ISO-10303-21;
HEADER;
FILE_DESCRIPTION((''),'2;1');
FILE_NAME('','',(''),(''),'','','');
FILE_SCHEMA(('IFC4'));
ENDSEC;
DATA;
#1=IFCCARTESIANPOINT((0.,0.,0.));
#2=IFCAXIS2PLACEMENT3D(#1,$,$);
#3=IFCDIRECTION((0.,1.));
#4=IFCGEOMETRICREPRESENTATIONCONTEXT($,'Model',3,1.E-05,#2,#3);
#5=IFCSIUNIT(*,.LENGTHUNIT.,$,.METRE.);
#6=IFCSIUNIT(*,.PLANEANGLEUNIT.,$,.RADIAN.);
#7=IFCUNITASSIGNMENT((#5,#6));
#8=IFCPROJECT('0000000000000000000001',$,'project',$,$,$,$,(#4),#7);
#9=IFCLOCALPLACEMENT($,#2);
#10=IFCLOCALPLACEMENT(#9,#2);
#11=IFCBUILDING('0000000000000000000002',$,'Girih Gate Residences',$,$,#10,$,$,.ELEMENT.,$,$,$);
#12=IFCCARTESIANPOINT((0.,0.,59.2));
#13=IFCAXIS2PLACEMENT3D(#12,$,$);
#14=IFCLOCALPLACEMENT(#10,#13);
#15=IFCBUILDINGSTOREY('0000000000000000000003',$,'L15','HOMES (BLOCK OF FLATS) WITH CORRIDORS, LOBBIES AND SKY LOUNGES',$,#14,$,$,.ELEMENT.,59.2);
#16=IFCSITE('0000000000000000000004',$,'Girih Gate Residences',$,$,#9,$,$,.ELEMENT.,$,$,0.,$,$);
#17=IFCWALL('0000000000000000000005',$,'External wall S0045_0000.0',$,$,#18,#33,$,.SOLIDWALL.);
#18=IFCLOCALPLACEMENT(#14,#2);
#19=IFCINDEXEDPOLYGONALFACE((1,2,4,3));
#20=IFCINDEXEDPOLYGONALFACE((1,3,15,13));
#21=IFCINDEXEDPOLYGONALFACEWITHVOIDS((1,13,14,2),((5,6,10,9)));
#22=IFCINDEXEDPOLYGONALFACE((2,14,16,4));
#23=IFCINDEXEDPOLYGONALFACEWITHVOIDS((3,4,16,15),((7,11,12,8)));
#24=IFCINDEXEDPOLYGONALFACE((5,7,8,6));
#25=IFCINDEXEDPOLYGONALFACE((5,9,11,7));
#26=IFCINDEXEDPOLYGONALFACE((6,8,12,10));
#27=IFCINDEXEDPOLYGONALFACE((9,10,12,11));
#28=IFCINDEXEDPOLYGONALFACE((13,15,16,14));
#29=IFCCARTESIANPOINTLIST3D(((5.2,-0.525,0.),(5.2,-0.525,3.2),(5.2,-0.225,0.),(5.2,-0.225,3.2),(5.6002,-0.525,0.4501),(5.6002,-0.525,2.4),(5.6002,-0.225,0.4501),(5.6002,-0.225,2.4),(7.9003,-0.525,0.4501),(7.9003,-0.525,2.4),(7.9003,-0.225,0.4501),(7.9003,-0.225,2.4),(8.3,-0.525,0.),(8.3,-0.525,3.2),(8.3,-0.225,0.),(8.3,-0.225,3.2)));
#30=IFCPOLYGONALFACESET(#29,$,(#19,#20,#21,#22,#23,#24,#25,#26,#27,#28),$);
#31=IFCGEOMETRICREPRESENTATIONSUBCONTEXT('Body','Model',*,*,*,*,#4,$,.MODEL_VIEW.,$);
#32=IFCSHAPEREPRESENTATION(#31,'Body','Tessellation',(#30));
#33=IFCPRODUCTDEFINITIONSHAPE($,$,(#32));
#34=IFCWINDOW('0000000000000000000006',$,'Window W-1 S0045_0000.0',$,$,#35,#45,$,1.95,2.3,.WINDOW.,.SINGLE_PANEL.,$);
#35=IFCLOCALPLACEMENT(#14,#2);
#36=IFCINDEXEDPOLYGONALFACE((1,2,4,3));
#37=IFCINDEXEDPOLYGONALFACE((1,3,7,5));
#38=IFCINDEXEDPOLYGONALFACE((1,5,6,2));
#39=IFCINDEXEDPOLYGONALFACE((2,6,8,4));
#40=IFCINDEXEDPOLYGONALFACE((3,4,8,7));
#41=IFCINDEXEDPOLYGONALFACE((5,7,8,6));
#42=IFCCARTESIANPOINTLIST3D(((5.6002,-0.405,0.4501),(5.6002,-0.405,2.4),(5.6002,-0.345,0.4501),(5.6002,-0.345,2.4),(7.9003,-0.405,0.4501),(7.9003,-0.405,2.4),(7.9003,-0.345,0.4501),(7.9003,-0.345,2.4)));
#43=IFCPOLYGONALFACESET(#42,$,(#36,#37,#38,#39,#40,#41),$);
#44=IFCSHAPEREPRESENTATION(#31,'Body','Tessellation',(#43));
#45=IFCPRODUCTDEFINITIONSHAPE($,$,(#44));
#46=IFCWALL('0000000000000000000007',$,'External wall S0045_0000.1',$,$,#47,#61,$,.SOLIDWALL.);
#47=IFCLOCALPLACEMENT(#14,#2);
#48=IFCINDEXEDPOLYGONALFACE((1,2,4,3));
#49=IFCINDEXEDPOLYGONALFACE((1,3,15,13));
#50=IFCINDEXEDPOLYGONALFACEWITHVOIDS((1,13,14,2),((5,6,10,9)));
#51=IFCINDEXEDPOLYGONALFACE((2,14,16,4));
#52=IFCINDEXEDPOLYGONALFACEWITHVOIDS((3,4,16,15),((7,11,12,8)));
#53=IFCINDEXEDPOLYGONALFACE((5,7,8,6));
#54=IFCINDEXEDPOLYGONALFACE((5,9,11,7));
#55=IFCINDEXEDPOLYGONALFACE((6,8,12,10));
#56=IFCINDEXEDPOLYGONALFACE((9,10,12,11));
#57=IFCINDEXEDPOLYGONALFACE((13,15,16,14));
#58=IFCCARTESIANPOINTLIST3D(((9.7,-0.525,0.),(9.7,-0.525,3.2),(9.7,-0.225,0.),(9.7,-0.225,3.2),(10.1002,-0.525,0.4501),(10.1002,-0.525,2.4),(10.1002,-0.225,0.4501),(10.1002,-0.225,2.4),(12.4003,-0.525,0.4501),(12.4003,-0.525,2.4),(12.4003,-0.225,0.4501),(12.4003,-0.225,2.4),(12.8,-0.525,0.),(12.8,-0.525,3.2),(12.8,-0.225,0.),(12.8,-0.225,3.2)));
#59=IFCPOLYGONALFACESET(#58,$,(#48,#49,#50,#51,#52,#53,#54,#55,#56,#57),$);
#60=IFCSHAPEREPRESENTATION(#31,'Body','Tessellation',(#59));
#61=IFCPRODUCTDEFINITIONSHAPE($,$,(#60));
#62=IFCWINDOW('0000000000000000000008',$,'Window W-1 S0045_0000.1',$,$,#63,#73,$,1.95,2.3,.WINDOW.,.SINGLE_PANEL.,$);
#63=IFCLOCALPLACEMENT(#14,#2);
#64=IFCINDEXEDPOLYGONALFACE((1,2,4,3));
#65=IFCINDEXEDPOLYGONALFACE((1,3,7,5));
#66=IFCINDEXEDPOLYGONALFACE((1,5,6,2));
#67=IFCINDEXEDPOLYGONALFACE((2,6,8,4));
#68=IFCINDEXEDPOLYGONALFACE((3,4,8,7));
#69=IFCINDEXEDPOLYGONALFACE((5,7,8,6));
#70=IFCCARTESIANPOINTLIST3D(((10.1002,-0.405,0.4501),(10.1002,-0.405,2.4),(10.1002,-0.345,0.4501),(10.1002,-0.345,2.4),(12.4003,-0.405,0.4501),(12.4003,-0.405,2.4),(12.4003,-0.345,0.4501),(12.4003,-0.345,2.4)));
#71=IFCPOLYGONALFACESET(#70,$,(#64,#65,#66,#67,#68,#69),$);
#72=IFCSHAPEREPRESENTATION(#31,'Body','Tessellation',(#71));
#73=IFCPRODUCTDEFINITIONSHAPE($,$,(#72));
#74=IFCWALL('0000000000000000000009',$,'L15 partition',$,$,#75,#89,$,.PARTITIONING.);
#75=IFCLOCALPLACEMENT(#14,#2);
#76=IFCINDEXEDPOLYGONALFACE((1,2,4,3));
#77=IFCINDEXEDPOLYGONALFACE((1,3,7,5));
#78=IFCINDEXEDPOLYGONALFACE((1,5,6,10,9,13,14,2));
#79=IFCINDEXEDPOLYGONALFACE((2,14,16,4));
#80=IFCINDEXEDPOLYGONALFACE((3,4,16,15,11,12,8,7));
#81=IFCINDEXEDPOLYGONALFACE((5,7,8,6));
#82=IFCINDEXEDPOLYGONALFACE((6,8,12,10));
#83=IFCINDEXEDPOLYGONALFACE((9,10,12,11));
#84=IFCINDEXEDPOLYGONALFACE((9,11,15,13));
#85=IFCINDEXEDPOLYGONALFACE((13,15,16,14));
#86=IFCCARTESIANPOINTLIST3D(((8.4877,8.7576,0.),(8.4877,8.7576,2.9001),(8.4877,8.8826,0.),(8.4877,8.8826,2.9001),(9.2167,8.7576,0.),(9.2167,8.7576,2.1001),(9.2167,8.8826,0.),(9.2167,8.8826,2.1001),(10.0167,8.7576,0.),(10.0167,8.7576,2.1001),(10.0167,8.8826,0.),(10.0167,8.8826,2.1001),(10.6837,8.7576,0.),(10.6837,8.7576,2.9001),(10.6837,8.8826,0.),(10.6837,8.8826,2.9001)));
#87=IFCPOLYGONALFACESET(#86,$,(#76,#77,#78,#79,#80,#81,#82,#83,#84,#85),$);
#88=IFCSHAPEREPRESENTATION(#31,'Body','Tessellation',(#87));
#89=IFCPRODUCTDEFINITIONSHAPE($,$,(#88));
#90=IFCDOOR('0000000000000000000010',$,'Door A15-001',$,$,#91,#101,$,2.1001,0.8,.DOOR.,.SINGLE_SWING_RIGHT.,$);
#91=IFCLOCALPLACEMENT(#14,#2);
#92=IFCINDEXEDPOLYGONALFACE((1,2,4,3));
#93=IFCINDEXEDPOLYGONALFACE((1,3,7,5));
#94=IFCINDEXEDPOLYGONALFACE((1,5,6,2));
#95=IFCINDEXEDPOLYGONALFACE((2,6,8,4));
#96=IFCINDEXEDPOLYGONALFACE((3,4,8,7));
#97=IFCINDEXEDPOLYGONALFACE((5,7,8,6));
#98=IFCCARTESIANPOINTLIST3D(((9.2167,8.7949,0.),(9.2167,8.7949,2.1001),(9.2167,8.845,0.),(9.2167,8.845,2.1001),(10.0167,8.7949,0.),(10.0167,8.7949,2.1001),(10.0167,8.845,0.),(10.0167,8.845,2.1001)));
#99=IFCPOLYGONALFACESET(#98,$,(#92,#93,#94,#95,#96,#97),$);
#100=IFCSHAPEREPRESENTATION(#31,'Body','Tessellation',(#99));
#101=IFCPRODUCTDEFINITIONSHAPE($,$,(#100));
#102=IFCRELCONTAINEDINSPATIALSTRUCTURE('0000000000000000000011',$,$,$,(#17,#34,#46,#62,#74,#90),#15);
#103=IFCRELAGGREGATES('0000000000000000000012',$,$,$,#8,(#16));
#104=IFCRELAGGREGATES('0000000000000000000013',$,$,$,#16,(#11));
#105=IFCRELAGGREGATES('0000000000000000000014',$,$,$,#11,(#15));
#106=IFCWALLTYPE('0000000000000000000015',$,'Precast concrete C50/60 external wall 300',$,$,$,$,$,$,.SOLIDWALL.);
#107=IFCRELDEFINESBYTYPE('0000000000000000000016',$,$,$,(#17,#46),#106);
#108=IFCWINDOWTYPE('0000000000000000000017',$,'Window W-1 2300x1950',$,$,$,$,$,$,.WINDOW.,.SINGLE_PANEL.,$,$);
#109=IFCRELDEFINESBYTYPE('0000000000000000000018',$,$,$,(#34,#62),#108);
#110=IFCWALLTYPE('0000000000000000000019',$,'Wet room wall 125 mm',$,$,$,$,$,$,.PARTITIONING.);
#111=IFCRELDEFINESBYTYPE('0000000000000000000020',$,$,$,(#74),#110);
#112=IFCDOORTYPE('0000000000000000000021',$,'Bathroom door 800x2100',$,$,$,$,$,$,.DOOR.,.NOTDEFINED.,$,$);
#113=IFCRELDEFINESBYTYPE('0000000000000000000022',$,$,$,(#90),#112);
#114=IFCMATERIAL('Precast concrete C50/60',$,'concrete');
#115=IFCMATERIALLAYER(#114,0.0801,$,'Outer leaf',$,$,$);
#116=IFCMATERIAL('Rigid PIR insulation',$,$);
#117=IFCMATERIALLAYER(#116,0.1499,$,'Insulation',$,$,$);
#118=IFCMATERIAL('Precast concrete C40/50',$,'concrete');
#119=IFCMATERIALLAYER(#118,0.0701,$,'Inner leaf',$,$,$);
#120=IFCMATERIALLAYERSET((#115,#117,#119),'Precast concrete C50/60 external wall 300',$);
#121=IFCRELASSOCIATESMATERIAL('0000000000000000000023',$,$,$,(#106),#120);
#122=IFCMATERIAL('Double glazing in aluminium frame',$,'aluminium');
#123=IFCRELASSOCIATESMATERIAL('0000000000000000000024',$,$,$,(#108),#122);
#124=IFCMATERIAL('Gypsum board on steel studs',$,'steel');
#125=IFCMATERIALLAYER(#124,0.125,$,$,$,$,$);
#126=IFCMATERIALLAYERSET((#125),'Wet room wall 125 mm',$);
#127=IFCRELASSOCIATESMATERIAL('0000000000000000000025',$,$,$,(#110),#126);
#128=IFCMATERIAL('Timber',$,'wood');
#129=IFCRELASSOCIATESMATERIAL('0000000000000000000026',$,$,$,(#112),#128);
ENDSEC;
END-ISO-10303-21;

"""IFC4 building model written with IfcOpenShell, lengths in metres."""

from ifc_helpers import new_model, si_unit, direction, frame, frame_2d, origin, place, context, subcontext, project, spatial, rectangle, extrude, material, layer, layer_set, type_object, element, fill, save


model = new_model("IFC4")

# Units and contexts
model_context = context("Model", 3, precision=1e-05, world=origin(), true_north=direction((0.0, 1.0)))
body_context = subcontext(model_context, "Body", "Model", "MODEL_VIEW")
ifc_project = project(units=[si_unit("LENGTHUNIT", "METRE"), si_unit("PLANEANGLEUNIT", "RADIAN")], contexts=[model_context])

# Site, building, storey
site_placement = place(None, origin())
site = spatial("IfcSite", under=ifc_project, at=site_placement, Name="Girih Gate Residences", CompositionType="ELEMENT", RefElevation=0.0)
building_placement = place(site_placement, origin())
building = spatial("IfcBuilding", under=site, at=building_placement, Name="Girih Gate Residences", CompositionType="ELEMENT")
storey_placement = place(building_placement, frame((0.0, 0.0, 59.2)))
storey = spatial("IfcBuildingStorey", under=building, at=storey_placement, Name="L15", Description="HOMES (BLOCK OF FLATS) WITH CORRIDORS, LOBBIES AND SKY LOUNGES", CompositionType="ELEMENT", Elevation=59.2)

# Shared definitions
ifc_material_1 = material(Name="Gypsum board on steel studs", Category="steel")

# Shared definitions
ifc_material_2 = material(Name="Timber", Category="wood")

# Walls, openings, windows
ifc_material_3 = material(Name="Precast concrete C50/60", Category="concrete")
ifc_layer_1 = layer(ifc_material_3, 0.0801, Name="Outer leaf")
ifc_material_4 = material(Name="Rigid PIR insulation")
ifc_layer_2 = layer(ifc_material_4, 0.1499, Name="Insulation")
ifc_material_5 = material(Name="Precast concrete C40/50", Category="concrete")
ifc_layer_3 = layer(ifc_material_5, 0.0701, Name="Inner leaf")
ifc_layer_set_1 = layer_set([ifc_layer_1, ifc_layer_2, ifc_layer_3], Name="Precast concrete C50/60 external wall 300")
wall_type_1 = type_object("IfcWallType", Name="Precast concrete C50/60 external wall 300", PredefinedType="SOLIDWALL", material=ifc_layer_set_1)
wall_1_placement = place(storey_placement, frame((8.3, -0.375, 0.0), z_axis=(0.0, 0.0, 1.0), x_axis=(-1.0, 0.0, 0.0)))
wall_1 = element("IfcWall", 1, at=wall_1_placement, inside=storey, type_object=wall_type_1, Name="External wall S0045_0000.0", PredefinedType="SOLIDWALL", context=body_context, shape_type="SweptSolid", body=[
    extrude(rectangle(XDim=3.1001, YDim=0.3, at=frame_2d((1.55, 0.0))), origin(), (0.0, 0.0, 1.0), 3.2),
])
opening_1_placement = place(wall_1_placement, frame((0.3999, 0.0, 0.45)))
opening_1 = element("IfcOpeningElement", 2, at=opening_1_placement, cuts=wall_1, PredefinedType="OPENING", context=body_context, shape_type="SweptSolid", body=[
    extrude(rectangle(XDim=2.3, YDim=1.95, at=frame_2d((1.1499, 0.9751))), frame((0.0, 0.1599, 0.0), z_axis=(0.0, -1.0, 0.0), x_axis=(1.0, 0.0, 0.0)), (0.0, 0.0, 1.0), 0.3201),
])
ifc_material_6 = material(Name="Double glazing in aluminium frame", Category="aluminium")
window_type = type_object("IfcWindowType", Name="Window W-1 2300x1950", PartitioningType="SINGLE_PANEL", PredefinedType="WINDOW", material=ifc_material_6)
window_1_placement = place(opening_1_placement, origin())
window_1 = element("IfcWindow", 3, at=window_1_placement, inside=storey, type_object=window_type, Name="Window W-1 S0045_0000.0", OverallHeight=1.95, OverallWidth=2.3, PartitioningType="SINGLE_PANEL", PredefinedType="WINDOW", context=body_context, shape_type="SweptSolid", body=[
    extrude(rectangle(XDim=2.3, YDim=1.95, at=frame_2d((1.1499, 0.9751))), frame((0.0, 0.03, 0.0), z_axis=(0.0, -1.0, 0.0), x_axis=(1.0, 0.0, 0.0)), (0.0, 0.0, 1.0), 0.0601),
])
fill(opening_1, window_1)
wall_2_placement = place(storey_placement, frame((12.8, -0.375, 0.0), z_axis=(0.0, 0.0, 1.0), x_axis=(-1.0, 0.0, 0.0)))
wall_2 = element("IfcWall", 4, at=wall_2_placement, inside=storey, type_object=wall_type_1, Name="External wall S0045_0000.1", PredefinedType="SOLIDWALL", context=body_context, shape_type="SweptSolid", body=[
    extrude(rectangle(XDim=3.1001, YDim=0.3, at=frame_2d((1.55, 0.0))), origin(), (0.0, 0.0, 1.0), 3.2),
])
opening_2_placement = place(wall_2_placement, frame((0.3999, 0.0, 0.45)))
opening_2 = element("IfcOpeningElement", 5, at=opening_2_placement, cuts=wall_2, PredefinedType="OPENING", context=body_context, shape_type="SweptSolid", body=[
    extrude(rectangle(XDim=2.3, YDim=1.95, at=frame_2d((1.1499, 0.9751))), frame((0.0, 0.1599, 0.0), z_axis=(0.0, -1.0, 0.0), x_axis=(1.0, 0.0, 0.0)), (0.0, 0.0, 1.0), 0.3201),
])
window_2_placement = place(opening_2_placement, origin())
window_2 = element("IfcWindow", 6, at=window_2_placement, inside=storey, type_object=window_type, Name="Window W-1 S0045_0000.1", OverallHeight=1.95, OverallWidth=2.3, PartitioningType="SINGLE_PANEL", PredefinedType="WINDOW", context=body_context, shape_type="SweptSolid", body=[
    extrude(rectangle(XDim=2.3, YDim=1.95, at=frame_2d((1.1499, 0.9751))), frame((0.0, 0.03, 0.0), z_axis=(0.0, -1.0, 0.0), x_axis=(1.0, 0.0, 0.0)), (0.0, 0.0, 1.0), 0.0601),
])
fill(opening_2, window_2)

# Wall, opening, door
ifc_layer_4 = layer(ifc_material_1, 0.125)
ifc_layer_set_2 = layer_set([ifc_layer_4], Name="Wet room wall 125 mm")
wall_type_2 = type_object("IfcWallType", Name="Wet room wall 125 mm", PredefinedType="PARTITIONING", material=ifc_layer_set_2)
wall_3_placement = place(storey_placement, frame((8.4875, 8.8201, 0.0), z_axis=(0.0, 0.0, 1.0), x_axis=(1.0, 0.0, 0.0)))
wall_3 = element("IfcWall", 7, at=wall_3_placement, inside=storey, type_object=wall_type_2, Name="L15 partition", PredefinedType="PARTITIONING", context=body_context, shape_type="SweptSolid", body=[
    extrude(rectangle(XDim=2.196, YDim=0.125, at=frame_2d((1.0981, 0.0))), origin(), (0.0, 0.0, 1.0), 2.9001),
])
opening_3_placement = place(wall_3_placement, frame((0.7292, 0.0, 0.0)))
opening_3 = element("IfcOpeningElement", 8, at=opening_3_placement, cuts=wall_3, PredefinedType="OPENING", context=body_context, shape_type="SweptSolid", body=[
    extrude(rectangle(XDim=0.8, YDim=2.1001, at=frame_2d((0.3999, 1.05))), frame((0.0, 0.0725, 0.0), z_axis=(0.0, -1.0, 0.0), x_axis=(1.0, 0.0, 0.0)), (0.0, 0.0, 1.0), 0.145),
])
door_type_1 = type_object("IfcDoorType", Name="Bathroom door 800x2100", OperationType="NOTDEFINED", PredefinedType="DOOR", material=ifc_material_2)
door_1_placement = place(opening_3_placement, origin())
door_1 = element("IfcDoor", 9, at=door_1_placement, inside=storey, type_object=door_type_1, Name="Door A15-001", OperationType="SINGLE_SWING_RIGHT", OverallHeight=2.1001, OverallWidth=0.8, PredefinedType="DOOR", context=body_context, shape_type="SweptSolid", body=[
    extrude(rectangle(XDim=0.8, YDim=2.1001, at=frame_2d((0.3999, 1.05))), frame((0.0, 0.0249, 0.0), z_axis=(0.0, -1.0, 0.0), x_axis=(1.0, 0.0, 0.0)), (0.0, 0.0, 1.0), 0.05),
])
fill(opening_3, door_1)

save(model, "model.ifc")
